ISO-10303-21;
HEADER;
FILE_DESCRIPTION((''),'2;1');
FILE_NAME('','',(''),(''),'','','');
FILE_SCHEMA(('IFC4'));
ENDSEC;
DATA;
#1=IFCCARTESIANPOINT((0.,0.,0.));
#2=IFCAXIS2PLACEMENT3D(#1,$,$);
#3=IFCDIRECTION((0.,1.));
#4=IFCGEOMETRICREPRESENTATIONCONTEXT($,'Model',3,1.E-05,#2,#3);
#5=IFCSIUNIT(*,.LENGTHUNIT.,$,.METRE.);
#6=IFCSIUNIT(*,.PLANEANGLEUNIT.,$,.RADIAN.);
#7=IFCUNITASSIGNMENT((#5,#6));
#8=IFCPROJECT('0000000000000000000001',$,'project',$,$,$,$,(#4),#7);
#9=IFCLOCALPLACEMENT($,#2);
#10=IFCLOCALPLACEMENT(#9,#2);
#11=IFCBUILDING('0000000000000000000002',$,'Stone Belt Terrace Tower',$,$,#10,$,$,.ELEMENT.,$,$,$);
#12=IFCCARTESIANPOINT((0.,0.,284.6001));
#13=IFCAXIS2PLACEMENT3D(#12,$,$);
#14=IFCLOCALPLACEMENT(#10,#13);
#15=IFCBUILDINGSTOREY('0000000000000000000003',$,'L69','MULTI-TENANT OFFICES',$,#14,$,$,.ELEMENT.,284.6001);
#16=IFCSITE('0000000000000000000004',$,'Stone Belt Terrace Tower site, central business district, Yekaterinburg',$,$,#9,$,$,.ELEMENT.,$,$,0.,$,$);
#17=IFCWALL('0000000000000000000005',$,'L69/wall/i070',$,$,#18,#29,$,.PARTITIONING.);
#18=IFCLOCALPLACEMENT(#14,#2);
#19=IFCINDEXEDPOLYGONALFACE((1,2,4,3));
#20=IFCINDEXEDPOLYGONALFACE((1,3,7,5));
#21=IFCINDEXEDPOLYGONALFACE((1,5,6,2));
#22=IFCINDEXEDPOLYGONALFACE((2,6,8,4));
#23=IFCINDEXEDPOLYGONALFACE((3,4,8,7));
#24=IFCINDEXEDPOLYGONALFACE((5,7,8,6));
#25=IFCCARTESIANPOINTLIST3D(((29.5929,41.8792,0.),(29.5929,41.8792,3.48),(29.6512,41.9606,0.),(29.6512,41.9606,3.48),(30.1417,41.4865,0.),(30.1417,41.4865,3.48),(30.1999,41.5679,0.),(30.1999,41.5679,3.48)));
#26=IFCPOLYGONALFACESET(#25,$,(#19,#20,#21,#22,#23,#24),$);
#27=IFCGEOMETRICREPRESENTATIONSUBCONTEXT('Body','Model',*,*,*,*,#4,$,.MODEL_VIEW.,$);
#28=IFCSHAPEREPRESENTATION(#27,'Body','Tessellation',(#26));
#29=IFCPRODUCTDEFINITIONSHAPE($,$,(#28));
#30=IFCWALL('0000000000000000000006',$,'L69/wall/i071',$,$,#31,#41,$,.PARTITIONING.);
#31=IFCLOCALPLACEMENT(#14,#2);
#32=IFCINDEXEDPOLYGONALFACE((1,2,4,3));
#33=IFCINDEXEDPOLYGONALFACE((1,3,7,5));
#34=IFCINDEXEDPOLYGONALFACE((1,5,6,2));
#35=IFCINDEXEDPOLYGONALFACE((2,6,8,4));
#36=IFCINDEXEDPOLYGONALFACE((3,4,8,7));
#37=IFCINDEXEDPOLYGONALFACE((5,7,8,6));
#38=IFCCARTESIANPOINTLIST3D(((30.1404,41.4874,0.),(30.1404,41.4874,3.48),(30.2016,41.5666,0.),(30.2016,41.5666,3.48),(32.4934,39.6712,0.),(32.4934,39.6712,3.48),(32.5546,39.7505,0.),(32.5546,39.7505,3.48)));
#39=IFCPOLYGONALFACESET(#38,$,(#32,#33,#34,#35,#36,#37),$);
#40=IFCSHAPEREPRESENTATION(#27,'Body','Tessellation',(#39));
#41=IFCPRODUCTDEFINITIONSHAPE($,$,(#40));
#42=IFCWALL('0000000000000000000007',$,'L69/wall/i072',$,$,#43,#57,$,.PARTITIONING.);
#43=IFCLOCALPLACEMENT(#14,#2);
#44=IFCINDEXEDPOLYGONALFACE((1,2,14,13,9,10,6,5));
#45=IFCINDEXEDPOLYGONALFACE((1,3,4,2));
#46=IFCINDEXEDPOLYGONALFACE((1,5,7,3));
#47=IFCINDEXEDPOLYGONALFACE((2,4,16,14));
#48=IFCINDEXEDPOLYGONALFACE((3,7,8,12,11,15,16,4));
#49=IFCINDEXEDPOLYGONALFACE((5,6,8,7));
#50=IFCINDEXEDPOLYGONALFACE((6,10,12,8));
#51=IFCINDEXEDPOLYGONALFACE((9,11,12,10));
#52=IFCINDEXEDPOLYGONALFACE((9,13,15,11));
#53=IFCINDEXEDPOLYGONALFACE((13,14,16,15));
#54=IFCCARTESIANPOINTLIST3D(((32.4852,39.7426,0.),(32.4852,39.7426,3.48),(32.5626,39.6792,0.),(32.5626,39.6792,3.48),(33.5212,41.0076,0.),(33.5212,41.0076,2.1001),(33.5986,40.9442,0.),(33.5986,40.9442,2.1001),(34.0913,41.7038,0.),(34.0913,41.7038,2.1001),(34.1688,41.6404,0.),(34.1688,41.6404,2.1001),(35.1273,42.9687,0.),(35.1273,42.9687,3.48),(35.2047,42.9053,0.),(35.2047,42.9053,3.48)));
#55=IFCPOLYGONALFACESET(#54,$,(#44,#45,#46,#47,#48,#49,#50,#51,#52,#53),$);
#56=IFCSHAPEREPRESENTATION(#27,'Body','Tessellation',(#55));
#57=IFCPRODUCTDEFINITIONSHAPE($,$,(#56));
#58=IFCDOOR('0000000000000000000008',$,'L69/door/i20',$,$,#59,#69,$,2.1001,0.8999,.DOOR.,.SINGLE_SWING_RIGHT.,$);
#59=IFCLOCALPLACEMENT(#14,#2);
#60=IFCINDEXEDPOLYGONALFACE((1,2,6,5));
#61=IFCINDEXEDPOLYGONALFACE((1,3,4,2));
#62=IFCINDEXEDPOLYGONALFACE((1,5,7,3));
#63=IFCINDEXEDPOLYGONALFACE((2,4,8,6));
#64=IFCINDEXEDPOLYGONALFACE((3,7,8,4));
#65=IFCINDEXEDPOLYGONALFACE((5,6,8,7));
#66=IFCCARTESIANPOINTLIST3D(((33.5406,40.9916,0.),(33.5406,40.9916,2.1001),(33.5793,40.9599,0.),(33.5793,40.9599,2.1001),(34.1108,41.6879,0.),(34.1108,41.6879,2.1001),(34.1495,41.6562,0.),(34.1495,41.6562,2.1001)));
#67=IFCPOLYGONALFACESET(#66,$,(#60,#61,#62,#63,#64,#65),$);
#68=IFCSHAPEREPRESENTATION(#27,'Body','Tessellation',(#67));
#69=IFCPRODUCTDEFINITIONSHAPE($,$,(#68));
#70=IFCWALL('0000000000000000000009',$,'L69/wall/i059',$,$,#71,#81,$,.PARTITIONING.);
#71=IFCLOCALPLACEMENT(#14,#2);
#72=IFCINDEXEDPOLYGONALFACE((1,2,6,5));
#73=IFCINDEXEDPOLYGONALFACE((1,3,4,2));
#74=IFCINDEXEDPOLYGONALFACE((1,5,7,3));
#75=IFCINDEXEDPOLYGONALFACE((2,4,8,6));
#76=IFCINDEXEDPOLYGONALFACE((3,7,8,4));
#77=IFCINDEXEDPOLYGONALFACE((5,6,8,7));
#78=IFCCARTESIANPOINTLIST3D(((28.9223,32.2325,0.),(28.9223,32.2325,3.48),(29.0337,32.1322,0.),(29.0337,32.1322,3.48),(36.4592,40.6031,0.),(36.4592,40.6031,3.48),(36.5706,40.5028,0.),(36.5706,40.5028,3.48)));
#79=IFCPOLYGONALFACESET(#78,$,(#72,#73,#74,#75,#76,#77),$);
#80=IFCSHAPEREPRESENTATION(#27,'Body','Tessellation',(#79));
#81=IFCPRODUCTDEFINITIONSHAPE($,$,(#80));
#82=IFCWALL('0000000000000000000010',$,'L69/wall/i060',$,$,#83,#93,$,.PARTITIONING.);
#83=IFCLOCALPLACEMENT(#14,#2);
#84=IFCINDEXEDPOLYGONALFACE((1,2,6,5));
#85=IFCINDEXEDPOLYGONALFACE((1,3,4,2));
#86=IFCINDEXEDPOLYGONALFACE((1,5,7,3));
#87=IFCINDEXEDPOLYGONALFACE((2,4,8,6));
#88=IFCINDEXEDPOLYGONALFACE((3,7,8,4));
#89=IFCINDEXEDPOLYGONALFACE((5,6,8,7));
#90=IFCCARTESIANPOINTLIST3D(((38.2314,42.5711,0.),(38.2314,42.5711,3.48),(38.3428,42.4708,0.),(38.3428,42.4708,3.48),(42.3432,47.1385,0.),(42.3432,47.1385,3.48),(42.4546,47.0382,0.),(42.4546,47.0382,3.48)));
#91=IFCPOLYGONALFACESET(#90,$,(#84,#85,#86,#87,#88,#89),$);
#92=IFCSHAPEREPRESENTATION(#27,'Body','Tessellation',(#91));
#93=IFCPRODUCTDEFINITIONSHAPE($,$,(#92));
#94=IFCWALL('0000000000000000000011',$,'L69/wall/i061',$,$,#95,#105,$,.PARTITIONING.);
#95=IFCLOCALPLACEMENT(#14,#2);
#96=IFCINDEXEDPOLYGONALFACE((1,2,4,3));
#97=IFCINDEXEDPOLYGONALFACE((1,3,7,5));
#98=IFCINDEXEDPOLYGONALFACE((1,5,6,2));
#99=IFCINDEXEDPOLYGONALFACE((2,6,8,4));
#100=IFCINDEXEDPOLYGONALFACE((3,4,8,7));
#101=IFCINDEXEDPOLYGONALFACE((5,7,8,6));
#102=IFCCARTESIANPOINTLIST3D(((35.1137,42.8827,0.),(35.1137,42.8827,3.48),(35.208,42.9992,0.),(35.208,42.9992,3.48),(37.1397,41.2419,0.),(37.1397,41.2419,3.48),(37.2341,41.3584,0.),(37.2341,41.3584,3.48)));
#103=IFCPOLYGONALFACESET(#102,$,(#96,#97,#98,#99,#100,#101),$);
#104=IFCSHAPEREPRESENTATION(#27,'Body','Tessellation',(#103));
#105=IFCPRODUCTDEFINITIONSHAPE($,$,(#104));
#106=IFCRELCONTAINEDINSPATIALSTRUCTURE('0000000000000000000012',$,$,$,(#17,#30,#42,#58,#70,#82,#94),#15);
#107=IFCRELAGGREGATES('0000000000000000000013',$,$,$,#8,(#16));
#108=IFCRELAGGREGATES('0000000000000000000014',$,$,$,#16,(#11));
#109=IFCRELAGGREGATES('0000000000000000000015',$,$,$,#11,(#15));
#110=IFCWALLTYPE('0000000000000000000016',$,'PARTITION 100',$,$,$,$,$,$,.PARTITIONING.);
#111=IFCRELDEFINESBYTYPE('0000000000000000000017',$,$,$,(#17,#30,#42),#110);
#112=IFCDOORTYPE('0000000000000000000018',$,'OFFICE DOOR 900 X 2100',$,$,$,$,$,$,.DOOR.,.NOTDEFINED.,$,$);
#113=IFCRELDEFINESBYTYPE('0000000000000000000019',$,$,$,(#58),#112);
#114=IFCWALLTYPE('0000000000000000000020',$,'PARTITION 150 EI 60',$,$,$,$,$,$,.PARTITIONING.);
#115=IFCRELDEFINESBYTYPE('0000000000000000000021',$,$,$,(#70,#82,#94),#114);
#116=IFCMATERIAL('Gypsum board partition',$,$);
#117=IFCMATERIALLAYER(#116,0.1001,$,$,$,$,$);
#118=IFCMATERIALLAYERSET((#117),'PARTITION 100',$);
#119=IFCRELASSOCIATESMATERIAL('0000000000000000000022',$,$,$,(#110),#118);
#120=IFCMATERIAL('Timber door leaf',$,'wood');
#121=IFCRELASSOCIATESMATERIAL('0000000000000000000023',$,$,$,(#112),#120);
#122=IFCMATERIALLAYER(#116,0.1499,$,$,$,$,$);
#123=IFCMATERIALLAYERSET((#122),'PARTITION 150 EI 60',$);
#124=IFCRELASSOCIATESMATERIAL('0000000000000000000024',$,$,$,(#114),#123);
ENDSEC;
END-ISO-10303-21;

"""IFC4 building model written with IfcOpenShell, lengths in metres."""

from ifc_helpers import new_model, si_unit, direction, frame, frame_2d, origin, place, context, subcontext, project, spatial, rectangle, extrude, material, layer, layer_set, type_object, element, fill, save


model = new_model("IFC4")

# Units and contexts
model_context = context("Model", 3, precision=1e-05, world=origin(), true_north=direction((0.0, 1.0)))
body_context = subcontext(model_context, "Body", "Model", "MODEL_VIEW")
ifc_project = project(units=[si_unit("LENGTHUNIT", "METRE"), si_unit("PLANEANGLEUNIT", "RADIAN")], contexts=[model_context])

# Site, building, storey
site_placement = place(None, origin())
site = spatial("IfcSite", under=ifc_project, at=site_placement, Name="Stone Belt Terrace Tower site, central business district, Yekaterinburg", CompositionType="ELEMENT", RefElevation=0.0)
building_placement = place(site_placement, origin())
building = spatial("IfcBuilding", under=site, at=building_placement, Name="Stone Belt Terrace Tower", CompositionType="ELEMENT")
storey_placement = place(building_placement, frame((0.0, 0.0, 284.6001)))
storey = spatial("IfcBuildingStorey", under=building, at=storey_placement, Name="L69", Description="MULTI-TENANT OFFICES", CompositionType="ELEMENT", Elevation=284.6001)

# Walls
ifc_material_1 = material(Name="Gypsum board partition")
ifc_layer_1 = layer(ifc_material_1, 0.1001)
ifc_layer_set_1 = layer_set([ifc_layer_1], Name="PARTITION 100")
wall_type_1 = type_object("IfcWallType", Name="PARTITION 100", PredefinedType="PARTITIONING", material=ifc_layer_set_1)
wall_1_placement = place(storey_placement, frame((29.6221, 41.9199, 0.0), z_axis=(0.0, 0.0, 1.0), x_axis=(0.813171, -0.582025, 0.0)))
element("IfcWall", 1, at=wall_1_placement, inside=storey, type_object=wall_type_1, Name="L69/wall/i070", PredefinedType="PARTITIONING", context=body_context, shape_type="SweptSolid", body=[
    extrude(rectangle(XDim=0.6748, YDim=0.1001, at=frame_2d((0.3374, 0.0))), origin(), (0.0, 0.0, 1.0), 3.48),
])
wall_2_placement = place(storey_placement, frame((30.1709, 41.5271, 0.0), z_axis=(0.0, 0.0, 1.0), x_axis=(0.791624, -0.611008, 0.0)))
element("IfcWall", 2, at=wall_2_placement, inside=storey, type_object=wall_type_1, Name="L69/wall/i071", PredefinedType="PARTITIONING", context=body_context, shape_type="SweptSolid", body=[
    extrude(rectangle(XDim=2.9724, YDim=0.1001, at=frame_2d((1.4863, 0.0))), origin(), (0.0, 0.0, 1.0), 3.48),
])

# Wall, opening, door
wall_3_placement = place(storey_placement, frame((32.5239, 39.7109, 0.0), z_axis=(0.0, 0.0, 1.0), x_axis=(0.633608, 0.773655, 0.0)))
wall_3 = element("IfcWall", 3, at=wall_3_placement, inside=storey, type_object=wall_type_1, Name="L69/wall/i072", PredefinedType="PARTITIONING", context=body_context, shape_type="SweptSolid", body=[
    extrude(rectangle(XDim=4.1699, YDim=0.1001, at=frame_2d((2.085, 0.0))), origin(), (0.0, 0.0, 1.0), 3.48),
])
opening_placement = place(wall_3_placement, frame((1.635, 0.0, 0.0)))
opening = element("IfcOpeningElement", 4, at=opening_placement, cuts=wall_3, PredefinedType="OPENING", context=body_context, shape_type="SweptSolid", body=[
    extrude(rectangle(XDim=0.8999, YDim=2.1001, at=frame_2d((0.45, 1.05))), frame((0.0, 0.0601, 0.0), z_axis=(0.0, -1.0, 0.0), x_axis=(1.0, 0.0, 0.0)), (0.0, 0.0, 1.0), 0.1201),
])
ifc_material_2 = material(Name="Timber door leaf", Category="wood")
door_type = type_object("IfcDoorType", Name="OFFICE DOOR 900 X 2100", OperationType="NOTDEFINED", PredefinedType="DOOR", material=ifc_material_2)
door_placement = place(opening_placement, origin())
door = element("IfcDoor", 5, at=door_placement, inside=storey, type_object=door_type, Name="L69/door/i20", OperationType="SINGLE_SWING_RIGHT", OverallHeight=2.1001, OverallWidth=0.8999, PredefinedType="DOOR", context=body_context, shape_type="SweptSolid", body=[
    extrude(rectangle(XDim=0.8999, YDim=2.1001, at=frame_2d((0.45, 1.05))), frame((0.0, 0.0249, 0.0), z_axis=(0.0, -1.0, 0.0), x_axis=(1.0, 0.0, 0.0)), (0.0, 0.0, 1.0), 0.05),
])
fill(opening, door)

# Walls
ifc_layer_2 = layer(ifc_material_1, 0.1499)
ifc_layer_set_2 = layer_set([ifc_layer_2], Name="PARTITION 150 EI 60")
wall_type_2 = type_object("IfcWallType", Name="PARTITION 150 EI 60", PredefinedType="PARTITIONING", material=ifc_layer_set_2)
wall_4_placement = place(storey_placement, frame((28.978, 32.1824, 0.0), z_axis=(0.0, 0.0, 1.0), x_axis=(0.669128, 0.743148, 0.0)))
element("IfcWall", 6, at=wall_4_placement, inside=storey, type_object=wall_type_2, Name="L69/wall/i059", PredefinedType="PARTITIONING", context=body_context, shape_type="SweptSolid", body=[
    extrude(rectangle(XDim=11.2637, YDim=0.1499, at=frame_2d((5.6318, 0.0))), origin(), (0.0, 0.0, 1.0), 3.48),
])
wall_5_placement = place(storey_placement, frame((38.2871, 42.521, 0.0), z_axis=(0.0, 0.0, 1.0), x_axis=(0.66907, 0.743199, 0.0)))
element("IfcWall", 7, at=wall_5_placement, inside=storey, type_object=wall_type_2, Name="L69/wall/i060", PredefinedType="PARTITIONING", context=body_context, shape_type="SweptSolid", body=[
    extrude(rectangle(XDim=6.1455, YDim=0.1499, at=frame_2d((3.0728, 0.0))), origin(), (0.0, 0.0, 1.0), 3.48),
])
wall_6_placement = place(storey_placement, frame((37.187, 41.3, 0.0), z_axis=(0.0, 0.0, 1.0), x_axis=(-0.777118, 0.629354, 0.0)))
element("IfcWall", 8, at=wall_6_placement, inside=storey, type_object=wall_type_2, Name="L69/wall/i061", PredefinedType="PARTITIONING", context=body_context, shape_type="SweptSolid", body=[
    extrude(rectangle(XDim=2.6072, YDim=0.1499, at=frame_2d((1.3037, 0.0))), origin(), (0.0, 0.0, 1.0), 3.48),
])

save(model, "model.ifc")
